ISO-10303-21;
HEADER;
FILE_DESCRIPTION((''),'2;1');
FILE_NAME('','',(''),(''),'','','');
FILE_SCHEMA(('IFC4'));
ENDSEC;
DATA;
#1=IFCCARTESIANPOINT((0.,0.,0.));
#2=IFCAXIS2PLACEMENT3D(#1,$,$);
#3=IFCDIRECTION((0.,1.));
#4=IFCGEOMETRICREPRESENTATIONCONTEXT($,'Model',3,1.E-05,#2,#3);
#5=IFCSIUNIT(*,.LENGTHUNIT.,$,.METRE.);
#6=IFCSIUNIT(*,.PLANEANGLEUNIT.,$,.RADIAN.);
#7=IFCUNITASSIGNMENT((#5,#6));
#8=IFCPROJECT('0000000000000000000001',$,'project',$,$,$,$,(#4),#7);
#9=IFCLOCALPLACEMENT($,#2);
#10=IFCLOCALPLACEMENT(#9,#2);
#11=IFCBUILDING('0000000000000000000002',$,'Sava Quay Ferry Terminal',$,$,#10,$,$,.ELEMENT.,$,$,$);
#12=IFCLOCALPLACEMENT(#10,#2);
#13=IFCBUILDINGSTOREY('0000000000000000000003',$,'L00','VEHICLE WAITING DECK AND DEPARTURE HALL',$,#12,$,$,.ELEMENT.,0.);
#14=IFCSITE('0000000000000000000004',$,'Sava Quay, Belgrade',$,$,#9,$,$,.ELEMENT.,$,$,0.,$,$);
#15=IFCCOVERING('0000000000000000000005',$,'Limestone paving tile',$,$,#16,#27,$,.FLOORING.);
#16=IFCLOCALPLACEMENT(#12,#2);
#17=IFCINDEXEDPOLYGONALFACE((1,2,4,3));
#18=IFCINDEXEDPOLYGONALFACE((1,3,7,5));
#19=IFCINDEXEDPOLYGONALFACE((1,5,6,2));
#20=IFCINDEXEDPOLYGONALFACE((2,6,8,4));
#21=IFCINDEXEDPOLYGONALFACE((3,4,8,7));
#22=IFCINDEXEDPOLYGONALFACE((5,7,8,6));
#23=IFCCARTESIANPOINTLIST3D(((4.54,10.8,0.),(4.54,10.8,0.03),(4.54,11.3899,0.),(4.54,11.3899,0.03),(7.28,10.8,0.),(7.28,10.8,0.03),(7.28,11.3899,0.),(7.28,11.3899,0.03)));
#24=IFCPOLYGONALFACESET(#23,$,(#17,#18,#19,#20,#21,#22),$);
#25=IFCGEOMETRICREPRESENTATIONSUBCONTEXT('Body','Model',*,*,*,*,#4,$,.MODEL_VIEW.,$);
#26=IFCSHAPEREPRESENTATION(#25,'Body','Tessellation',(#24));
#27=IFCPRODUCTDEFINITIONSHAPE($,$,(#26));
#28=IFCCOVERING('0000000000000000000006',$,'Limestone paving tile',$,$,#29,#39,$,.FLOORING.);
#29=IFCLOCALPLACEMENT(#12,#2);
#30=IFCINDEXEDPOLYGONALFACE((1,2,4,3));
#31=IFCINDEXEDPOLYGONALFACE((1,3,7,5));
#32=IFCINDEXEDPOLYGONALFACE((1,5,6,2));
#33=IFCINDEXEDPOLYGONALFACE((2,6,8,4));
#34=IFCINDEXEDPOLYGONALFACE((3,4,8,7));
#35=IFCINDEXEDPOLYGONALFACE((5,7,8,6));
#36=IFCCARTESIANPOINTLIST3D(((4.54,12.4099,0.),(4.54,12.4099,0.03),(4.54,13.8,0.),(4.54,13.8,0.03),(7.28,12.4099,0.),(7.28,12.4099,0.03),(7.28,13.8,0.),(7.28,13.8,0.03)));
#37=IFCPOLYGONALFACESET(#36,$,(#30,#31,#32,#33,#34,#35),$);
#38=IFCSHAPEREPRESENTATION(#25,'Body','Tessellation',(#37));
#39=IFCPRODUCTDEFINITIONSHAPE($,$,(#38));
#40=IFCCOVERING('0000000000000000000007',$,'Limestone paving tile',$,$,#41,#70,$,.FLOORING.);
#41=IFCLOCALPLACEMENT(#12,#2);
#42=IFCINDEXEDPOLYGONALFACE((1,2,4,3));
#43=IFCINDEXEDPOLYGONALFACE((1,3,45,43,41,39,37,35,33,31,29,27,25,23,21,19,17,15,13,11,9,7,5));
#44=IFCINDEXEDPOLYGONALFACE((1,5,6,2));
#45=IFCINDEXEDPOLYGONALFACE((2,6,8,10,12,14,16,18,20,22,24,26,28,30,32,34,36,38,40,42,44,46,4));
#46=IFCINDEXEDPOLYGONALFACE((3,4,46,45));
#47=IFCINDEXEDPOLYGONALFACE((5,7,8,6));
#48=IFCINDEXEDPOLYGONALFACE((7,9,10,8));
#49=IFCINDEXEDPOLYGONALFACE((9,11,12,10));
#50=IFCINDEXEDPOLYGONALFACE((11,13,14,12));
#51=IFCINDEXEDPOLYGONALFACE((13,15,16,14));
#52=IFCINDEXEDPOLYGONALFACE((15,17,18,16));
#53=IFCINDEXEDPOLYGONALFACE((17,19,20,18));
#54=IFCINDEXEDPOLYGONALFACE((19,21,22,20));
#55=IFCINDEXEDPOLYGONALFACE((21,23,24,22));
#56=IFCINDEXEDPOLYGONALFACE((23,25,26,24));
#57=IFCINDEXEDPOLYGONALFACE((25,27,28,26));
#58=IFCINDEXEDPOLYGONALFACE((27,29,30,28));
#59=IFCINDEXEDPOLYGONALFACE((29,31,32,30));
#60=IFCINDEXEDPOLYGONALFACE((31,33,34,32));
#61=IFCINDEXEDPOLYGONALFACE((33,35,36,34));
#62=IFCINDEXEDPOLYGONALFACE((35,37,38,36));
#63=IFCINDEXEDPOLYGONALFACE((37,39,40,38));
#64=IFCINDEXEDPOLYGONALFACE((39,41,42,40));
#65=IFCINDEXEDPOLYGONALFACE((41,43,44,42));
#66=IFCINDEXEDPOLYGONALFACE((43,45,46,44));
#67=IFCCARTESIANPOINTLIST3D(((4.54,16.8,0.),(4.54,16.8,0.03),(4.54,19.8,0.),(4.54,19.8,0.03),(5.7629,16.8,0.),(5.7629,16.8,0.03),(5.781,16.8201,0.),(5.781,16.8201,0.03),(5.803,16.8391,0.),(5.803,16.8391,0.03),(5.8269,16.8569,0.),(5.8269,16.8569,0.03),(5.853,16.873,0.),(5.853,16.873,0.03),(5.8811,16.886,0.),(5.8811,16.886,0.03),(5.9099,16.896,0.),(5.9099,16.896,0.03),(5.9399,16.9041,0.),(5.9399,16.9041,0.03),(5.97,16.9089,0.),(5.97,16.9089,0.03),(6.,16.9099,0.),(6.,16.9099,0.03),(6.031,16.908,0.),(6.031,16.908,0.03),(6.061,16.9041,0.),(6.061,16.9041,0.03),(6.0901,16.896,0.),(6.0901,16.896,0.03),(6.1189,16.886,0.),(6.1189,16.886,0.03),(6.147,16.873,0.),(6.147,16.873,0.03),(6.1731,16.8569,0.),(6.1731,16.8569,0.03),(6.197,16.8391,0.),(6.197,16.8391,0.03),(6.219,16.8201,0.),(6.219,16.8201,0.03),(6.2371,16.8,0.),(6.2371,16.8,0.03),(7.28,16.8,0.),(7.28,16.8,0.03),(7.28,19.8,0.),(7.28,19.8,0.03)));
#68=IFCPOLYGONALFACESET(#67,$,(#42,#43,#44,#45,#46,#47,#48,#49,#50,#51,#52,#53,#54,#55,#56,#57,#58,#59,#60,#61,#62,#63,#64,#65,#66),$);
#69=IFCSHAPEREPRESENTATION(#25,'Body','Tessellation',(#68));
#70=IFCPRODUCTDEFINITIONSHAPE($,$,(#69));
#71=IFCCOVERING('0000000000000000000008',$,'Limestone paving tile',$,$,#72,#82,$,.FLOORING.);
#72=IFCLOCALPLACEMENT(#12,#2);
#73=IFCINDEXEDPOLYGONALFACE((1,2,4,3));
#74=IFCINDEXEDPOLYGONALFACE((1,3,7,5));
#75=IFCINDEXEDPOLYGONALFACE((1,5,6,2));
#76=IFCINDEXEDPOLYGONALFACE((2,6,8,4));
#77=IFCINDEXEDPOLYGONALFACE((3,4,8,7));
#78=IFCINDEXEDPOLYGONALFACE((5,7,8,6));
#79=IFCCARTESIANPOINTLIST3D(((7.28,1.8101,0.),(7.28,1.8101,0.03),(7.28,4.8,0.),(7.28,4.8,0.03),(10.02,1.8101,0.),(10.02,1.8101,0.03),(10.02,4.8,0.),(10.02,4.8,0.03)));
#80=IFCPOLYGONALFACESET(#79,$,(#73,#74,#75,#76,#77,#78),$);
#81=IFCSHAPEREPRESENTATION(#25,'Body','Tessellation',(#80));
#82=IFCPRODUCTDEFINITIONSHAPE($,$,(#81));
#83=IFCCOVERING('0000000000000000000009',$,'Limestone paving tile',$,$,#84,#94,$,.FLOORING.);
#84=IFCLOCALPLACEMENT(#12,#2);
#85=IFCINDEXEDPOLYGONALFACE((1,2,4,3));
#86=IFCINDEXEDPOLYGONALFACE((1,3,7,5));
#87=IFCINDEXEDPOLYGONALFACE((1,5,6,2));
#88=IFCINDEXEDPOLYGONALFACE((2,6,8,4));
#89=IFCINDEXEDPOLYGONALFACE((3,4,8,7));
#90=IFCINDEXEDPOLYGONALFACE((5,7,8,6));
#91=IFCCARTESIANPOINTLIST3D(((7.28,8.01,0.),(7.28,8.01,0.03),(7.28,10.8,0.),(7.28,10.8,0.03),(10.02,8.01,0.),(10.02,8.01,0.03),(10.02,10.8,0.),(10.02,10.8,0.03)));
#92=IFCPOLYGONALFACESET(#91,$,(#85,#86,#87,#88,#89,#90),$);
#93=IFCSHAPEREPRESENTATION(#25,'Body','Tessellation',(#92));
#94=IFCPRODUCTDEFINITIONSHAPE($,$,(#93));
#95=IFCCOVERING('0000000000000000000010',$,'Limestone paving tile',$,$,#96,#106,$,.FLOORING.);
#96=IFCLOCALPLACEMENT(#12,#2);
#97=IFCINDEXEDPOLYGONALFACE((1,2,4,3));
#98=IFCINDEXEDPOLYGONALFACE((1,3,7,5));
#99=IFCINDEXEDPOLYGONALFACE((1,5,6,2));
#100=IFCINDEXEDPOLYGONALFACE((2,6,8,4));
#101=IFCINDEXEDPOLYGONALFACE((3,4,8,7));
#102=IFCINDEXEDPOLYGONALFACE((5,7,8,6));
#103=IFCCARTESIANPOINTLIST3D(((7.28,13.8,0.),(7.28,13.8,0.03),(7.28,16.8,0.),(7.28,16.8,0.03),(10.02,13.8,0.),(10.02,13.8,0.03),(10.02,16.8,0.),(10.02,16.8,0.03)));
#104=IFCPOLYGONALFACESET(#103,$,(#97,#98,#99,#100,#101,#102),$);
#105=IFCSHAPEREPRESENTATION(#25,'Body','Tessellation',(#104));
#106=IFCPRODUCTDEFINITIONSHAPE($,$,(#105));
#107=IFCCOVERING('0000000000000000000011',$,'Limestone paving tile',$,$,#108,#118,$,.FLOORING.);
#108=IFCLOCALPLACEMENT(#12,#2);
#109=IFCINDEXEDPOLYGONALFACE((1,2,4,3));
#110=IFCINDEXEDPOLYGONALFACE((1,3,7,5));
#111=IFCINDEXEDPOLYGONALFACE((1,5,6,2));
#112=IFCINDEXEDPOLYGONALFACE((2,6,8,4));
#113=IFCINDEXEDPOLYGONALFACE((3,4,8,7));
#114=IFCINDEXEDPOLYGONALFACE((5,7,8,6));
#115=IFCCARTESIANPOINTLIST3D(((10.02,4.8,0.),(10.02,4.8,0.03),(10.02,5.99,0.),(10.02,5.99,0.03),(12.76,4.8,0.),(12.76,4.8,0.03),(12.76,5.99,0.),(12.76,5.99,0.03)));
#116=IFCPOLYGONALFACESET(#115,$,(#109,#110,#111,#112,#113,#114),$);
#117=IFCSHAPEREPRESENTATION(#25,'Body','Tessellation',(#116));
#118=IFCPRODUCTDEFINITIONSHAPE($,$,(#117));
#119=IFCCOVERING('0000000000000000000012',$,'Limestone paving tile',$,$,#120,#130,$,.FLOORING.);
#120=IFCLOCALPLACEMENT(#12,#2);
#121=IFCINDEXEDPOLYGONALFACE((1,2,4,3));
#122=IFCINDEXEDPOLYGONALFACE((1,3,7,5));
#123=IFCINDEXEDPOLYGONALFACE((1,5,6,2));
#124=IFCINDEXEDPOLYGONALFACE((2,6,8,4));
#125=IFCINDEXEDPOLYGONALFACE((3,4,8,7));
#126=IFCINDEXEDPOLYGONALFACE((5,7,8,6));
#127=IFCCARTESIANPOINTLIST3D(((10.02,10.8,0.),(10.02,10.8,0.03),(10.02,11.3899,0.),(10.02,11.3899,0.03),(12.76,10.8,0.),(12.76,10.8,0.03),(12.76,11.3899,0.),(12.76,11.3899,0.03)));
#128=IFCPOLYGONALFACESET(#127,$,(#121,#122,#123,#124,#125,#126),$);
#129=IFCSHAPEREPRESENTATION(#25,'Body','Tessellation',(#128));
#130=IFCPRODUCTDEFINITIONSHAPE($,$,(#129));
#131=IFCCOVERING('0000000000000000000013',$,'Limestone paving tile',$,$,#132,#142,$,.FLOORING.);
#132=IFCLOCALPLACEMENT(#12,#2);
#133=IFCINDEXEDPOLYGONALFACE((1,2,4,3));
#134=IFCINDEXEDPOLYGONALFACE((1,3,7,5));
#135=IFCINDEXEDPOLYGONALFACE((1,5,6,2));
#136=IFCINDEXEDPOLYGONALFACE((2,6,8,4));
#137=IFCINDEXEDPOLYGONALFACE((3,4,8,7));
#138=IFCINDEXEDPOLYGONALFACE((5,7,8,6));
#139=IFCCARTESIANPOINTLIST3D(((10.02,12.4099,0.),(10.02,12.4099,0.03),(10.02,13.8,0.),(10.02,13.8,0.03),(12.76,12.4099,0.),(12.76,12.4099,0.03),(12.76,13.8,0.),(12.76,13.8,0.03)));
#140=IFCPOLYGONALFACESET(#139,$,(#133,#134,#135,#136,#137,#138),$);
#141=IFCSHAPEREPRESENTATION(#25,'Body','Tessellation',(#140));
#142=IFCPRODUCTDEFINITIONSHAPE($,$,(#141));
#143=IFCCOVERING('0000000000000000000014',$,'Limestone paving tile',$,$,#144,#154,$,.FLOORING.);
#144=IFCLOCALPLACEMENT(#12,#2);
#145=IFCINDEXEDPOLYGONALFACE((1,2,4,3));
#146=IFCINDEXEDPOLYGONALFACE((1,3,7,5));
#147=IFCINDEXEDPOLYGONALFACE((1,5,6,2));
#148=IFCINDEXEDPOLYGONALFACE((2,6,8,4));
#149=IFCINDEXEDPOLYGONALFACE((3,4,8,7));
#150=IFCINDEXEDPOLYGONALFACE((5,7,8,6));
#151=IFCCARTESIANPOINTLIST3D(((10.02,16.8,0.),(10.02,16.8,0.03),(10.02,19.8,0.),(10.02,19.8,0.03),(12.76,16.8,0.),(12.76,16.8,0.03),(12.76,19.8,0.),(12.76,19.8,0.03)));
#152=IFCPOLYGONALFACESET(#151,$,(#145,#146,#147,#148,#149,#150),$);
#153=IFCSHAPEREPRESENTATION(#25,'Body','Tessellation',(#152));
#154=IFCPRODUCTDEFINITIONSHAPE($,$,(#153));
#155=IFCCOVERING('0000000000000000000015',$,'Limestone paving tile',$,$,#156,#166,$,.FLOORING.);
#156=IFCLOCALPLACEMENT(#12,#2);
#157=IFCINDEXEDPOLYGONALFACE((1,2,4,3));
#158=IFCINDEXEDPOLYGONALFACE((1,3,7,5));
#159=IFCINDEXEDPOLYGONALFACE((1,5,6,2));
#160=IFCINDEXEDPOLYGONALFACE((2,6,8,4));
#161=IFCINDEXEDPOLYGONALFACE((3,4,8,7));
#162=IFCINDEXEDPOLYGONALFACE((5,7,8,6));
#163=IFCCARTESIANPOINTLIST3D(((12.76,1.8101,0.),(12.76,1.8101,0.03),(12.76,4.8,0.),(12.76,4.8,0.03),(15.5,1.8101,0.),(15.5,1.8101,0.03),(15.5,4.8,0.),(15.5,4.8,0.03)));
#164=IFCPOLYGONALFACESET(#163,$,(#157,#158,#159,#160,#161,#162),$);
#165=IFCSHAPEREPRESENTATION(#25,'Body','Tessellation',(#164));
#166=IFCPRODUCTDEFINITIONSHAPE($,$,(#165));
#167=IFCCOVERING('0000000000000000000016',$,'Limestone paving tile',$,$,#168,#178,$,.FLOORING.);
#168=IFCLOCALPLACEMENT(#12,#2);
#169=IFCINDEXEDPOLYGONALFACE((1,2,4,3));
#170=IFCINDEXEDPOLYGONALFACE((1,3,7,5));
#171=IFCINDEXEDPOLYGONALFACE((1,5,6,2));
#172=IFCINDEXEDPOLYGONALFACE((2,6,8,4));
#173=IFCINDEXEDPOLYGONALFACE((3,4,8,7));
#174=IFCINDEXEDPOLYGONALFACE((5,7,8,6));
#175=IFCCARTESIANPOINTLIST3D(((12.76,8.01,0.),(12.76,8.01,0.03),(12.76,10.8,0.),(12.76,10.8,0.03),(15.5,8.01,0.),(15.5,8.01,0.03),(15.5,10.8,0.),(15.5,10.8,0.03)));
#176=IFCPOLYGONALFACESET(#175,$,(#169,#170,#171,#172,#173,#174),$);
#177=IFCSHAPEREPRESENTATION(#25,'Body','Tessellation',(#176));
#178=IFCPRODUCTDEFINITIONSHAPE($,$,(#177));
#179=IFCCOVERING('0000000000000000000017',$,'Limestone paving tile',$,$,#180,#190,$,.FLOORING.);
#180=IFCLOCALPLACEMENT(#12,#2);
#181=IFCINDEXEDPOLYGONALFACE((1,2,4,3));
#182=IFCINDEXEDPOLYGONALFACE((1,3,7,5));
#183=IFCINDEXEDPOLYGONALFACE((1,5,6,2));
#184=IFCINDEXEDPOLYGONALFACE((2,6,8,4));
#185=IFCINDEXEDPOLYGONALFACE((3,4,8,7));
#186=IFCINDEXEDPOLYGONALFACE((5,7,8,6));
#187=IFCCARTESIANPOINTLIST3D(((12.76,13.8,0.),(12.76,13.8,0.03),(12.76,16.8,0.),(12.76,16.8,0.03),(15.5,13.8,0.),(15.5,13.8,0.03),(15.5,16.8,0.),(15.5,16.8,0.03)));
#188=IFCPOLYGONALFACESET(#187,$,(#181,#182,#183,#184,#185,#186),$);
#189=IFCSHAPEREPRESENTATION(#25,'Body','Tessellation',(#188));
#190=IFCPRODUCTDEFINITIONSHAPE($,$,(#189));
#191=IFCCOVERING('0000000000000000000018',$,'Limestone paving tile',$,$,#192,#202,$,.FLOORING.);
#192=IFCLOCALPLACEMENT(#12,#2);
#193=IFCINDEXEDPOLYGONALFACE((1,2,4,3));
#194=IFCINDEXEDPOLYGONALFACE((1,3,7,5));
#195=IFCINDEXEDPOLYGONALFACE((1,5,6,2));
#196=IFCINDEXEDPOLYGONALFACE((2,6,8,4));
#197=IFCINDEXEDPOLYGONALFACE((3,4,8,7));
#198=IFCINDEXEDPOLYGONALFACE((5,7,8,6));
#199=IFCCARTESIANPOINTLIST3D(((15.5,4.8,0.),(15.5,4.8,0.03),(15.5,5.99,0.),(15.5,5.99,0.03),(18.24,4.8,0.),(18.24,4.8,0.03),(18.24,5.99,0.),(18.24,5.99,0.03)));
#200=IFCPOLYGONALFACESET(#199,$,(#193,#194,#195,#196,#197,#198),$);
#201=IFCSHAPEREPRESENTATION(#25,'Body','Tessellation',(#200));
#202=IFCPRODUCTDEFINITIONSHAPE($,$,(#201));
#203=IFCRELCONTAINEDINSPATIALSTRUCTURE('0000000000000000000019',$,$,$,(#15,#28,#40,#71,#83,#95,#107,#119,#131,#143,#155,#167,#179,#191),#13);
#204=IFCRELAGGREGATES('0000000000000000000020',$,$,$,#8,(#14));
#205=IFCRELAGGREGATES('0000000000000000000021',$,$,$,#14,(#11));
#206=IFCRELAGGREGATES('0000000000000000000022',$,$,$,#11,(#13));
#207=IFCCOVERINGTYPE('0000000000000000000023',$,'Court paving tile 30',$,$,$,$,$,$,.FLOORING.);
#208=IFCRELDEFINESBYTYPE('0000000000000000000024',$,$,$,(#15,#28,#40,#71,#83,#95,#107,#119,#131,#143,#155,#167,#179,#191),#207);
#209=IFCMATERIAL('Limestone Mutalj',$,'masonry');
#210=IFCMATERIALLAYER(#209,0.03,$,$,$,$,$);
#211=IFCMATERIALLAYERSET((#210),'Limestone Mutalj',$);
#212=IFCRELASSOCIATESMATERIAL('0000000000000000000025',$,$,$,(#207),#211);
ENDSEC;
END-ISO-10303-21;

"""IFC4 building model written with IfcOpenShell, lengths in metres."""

from ifc_helpers import new_model, si_unit, direction, origin, place, context, subcontext, project, spatial, polyline, outline, extrude, material, layer, layer_set, type_object, element, save


model = new_model("IFC4")

# Units and contexts
model_context = context("Model", 3, precision=1e-05, world=origin(), true_north=direction((0.0, 1.0)))
body_context = subcontext(model_context, "Body", "Model", "MODEL_VIEW")
ifc_project = project(units=[si_unit("LENGTHUNIT", "METRE"), si_unit("PLANEANGLEUNIT", "RADIAN")], contexts=[model_context])

# Site, building, storey
site_placement = place(None, origin())
site = spatial("IfcSite", under=ifc_project, at=site_placement, Name="Sava Quay, Belgrade", CompositionType="ELEMENT", RefElevation=0.0)
building_placement = place(site_placement, origin())
building = spatial("IfcBuilding", under=site, at=building_placement, Name="Sava Quay Ferry Terminal", CompositionType="ELEMENT")
storey_placement = place(building_placement, origin())
storey = spatial("IfcBuildingStorey", under=building, at=storey_placement, Name="L00", Description="VEHICLE WAITING DECK AND DEPARTURE HALL", CompositionType="ELEMENT", Elevation=0.0)

# Coverings
ifc_material_1 = material(Name="Limestone Mutalj", Category="masonry")
ifc_layer_1 = layer(ifc_material_1, 0.03)
ifc_layer_set_1 = layer_set([ifc_layer_1], Name="Limestone Mutalj")
covering_type_1 = type_object("IfcCoveringType", Name="Court paving tile 30", PredefinedType="FLOORING", material=ifc_layer_set_1)
covering_1_placement = place(storey_placement, origin())
element("IfcCovering", 1, at=covering_1_placement, inside=storey, type_object=covering_type_1, Name="Limestone paving tile", PredefinedType="FLOORING", context=body_context, shape_type="SweptSolid", body=[
    extrude(outline(polyline([(7.28, 10.8), (7.28, 11.3899), (4.54, 11.3899), (4.54, 10.8), (7.28, 10.8)])), origin(), (0.0, 0.0, 1.0), 0.03),
])
covering_2_placement = place(storey_placement, origin())
element("IfcCovering", 2, at=covering_2_placement, inside=storey, type_object=covering_type_1, Name="Limestone paving tile", PredefinedType="FLOORING", context=body_context, shape_type="SweptSolid", body=[
    extrude(outline(polyline([(4.54, 13.8), (4.54, 12.4099), (7.28, 12.4099), (7.28, 13.8), (4.54, 13.8)])), origin(), (0.0, 0.0, 1.0), 0.03),
])
covering_3_placement = place(storey_placement, origin())
element("IfcCovering", 3, at=covering_3_placement, inside=storey, type_object=covering_type_1, Name="Limestone paving tile", PredefinedType="FLOORING", context=body_context, shape_type="SweptSolid", body=[
    extrude(outline(polyline([(7.28, 16.8), (7.28, 19.8), (4.54, 19.8), (4.54, 16.8), (5.7629, 16.8), (5.781, 16.8201), (5.803, 16.8391), (5.8269, 16.8569), (5.853, 16.873), (5.8811, 16.886), (5.9099, 16.896), (5.9399, 16.9041), (5.97, 16.9089), (6.0, 16.9099), (6.031, 16.908), (6.061, 16.9041), (6.0901, 16.896), (6.1189, 16.886), (6.147, 16.873), (6.1731, 16.8569), (6.197, 16.8391), (6.219, 16.8201), (6.2371, 16.8), (7.28, 16.8)])), origin(), (0.0, 0.0, 1.0), 0.03),
])
covering_4_placement = place(storey_placement, origin())
element("IfcCovering", 4, at=covering_4_placement, inside=storey, type_object=covering_type_1, Name="Limestone paving tile", PredefinedType="FLOORING", context=body_context, shape_type="SweptSolid", body=[
    extrude(outline(polyline([(7.28, 4.8), (7.28, 1.8101), (10.02, 1.8101), (10.02, 4.8), (7.28, 4.8)])), origin(), (0.0, 0.0, 1.0), 0.03),
])
covering_5_placement = place(storey_placement, origin())
element("IfcCovering", 5, at=covering_5_placement, inside=storey, type_object=covering_type_1, Name="Limestone paving tile", PredefinedType="FLOORING", context=body_context, shape_type="SweptSolid", body=[
    extrude(outline(polyline([(7.28, 10.8), (7.28, 8.01), (10.02, 8.01), (10.02, 10.8), (7.28, 10.8)])), origin(), (0.0, 0.0, 1.0), 0.03),
])
covering_6_placement = place(storey_placement, origin())
element("IfcCovering", 6, at=covering_6_placement, inside=storey, type_object=covering_type_1, Name="Limestone paving tile", PredefinedType="FLOORING", context=body_context, shape_type="SweptSolid", body=[
    extrude(outline(polyline([(7.28, 13.8), (10.02, 13.8), (10.02, 16.8), (7.28, 16.8), (7.28, 13.8)])), origin(), (0.0, 0.0, 1.0), 0.03),
])
covering_7_placement = place(storey_placement, origin())
element("IfcCovering", 7, at=covering_7_placement, inside=storey, type_object=covering_type_1, Name="Limestone paving tile", PredefinedType="FLOORING", context=body_context, shape_type="SweptSolid", body=[
    extrude(outline(polyline([(12.76, 4.8), (12.76, 5.99), (10.02, 5.99), (10.02, 4.8), (12.76, 4.8)])), origin(), (0.0, 0.0, 1.0), 0.03),
])
covering_8_placement = place(storey_placement, origin())
element("IfcCovering", 8, at=covering_8_placement, inside=storey, type_object=covering_type_1, Name="Limestone paving tile", PredefinedType="FLOORING", context=body_context, shape_type="SweptSolid", body=[
    extrude(outline(polyline([(12.76, 10.8), (12.76, 11.3899), (10.02, 11.3899), (10.02, 10.8), (12.76, 10.8)])), origin(), (0.0, 0.0, 1.0), 0.03),
])
covering_9_placement = place(storey_placement, origin())
element("IfcCovering", 9, at=covering_9_placement, inside=storey, type_object=covering_type_1, Name="Limestone paving tile", PredefinedType="FLOORING", context=body_context, shape_type="SweptSolid", body=[
    extrude(outline(polyline([(10.02, 13.8), (10.02, 12.4099), (12.76, 12.4099), (12.76, 13.8), (10.02, 13.8)])), origin(), (0.0, 0.0, 1.0), 0.03),
])
covering_10_placement = place(storey_placement, origin())
element("IfcCovering", 10, at=covering_10_placement, inside=storey, type_object=covering_type_1, Name="Limestone paving tile", PredefinedType="FLOORING", context=body_context, shape_type="SweptSolid", body=[
    extrude(outline(polyline([(12.76, 16.8), (12.76, 19.8), (10.02, 19.8), (10.02, 16.8), (12.76, 16.8)])), origin(), (0.0, 0.0, 1.0), 0.03),
])
covering_11_placement = place(storey_placement, origin())
element("IfcCovering", 11, at=covering_11_placement, inside=storey, type_object=covering_type_1, Name="Limestone paving tile", PredefinedType="FLOORING", context=body_context, shape_type="SweptSolid", body=[
    extrude(outline(polyline([(12.76, 4.8), (12.76, 1.8101), (15.5, 1.8101), (15.5, 4.8), (12.76, 4.8)])), origin(), (0.0, 0.0, 1.0), 0.03),
])
covering_12_placement = place(storey_placement, origin())
element("IfcCovering", 12, at=covering_12_placement, inside=storey, type_object=covering_type_1, Name="Limestone paving tile", PredefinedType="FLOORING", context=body_context, shape_type="SweptSolid", body=[
    extrude(outline(polyline([(12.76, 10.8), (12.76, 8.01), (15.5, 8.01), (15.5, 10.8), (12.76, 10.8)])), origin(), (0.0, 0.0, 1.0), 0.03),
])
covering_13_placement = place(storey_placement, origin())
element("IfcCovering", 13, at=covering_13_placement, inside=storey, type_object=covering_type_1, Name="Limestone paving tile", PredefinedType="FLOORING", context=body_context, shape_type="SweptSolid", body=[
    extrude(outline(polyline([(12.76, 13.8), (15.5, 13.8), (15.5, 16.8), (12.76, 16.8), (12.76, 13.8)])), origin(), (0.0, 0.0, 1.0), 0.03),
])
covering_14_placement = place(storey_placement, origin())
element("IfcCovering", 14, at=covering_14_placement, inside=storey, type_object=covering_type_1, Name="Limestone paving tile", PredefinedType="FLOORING", context=body_context, shape_type="SweptSolid", body=[
    extrude(outline(polyline([(18.24, 4.8), (18.24, 5.99), (15.5, 5.99), (15.5, 4.8), (18.24, 4.8)])), origin(), (0.0, 0.0, 1.0), 0.03),
])

save(model, "model.ifc")
